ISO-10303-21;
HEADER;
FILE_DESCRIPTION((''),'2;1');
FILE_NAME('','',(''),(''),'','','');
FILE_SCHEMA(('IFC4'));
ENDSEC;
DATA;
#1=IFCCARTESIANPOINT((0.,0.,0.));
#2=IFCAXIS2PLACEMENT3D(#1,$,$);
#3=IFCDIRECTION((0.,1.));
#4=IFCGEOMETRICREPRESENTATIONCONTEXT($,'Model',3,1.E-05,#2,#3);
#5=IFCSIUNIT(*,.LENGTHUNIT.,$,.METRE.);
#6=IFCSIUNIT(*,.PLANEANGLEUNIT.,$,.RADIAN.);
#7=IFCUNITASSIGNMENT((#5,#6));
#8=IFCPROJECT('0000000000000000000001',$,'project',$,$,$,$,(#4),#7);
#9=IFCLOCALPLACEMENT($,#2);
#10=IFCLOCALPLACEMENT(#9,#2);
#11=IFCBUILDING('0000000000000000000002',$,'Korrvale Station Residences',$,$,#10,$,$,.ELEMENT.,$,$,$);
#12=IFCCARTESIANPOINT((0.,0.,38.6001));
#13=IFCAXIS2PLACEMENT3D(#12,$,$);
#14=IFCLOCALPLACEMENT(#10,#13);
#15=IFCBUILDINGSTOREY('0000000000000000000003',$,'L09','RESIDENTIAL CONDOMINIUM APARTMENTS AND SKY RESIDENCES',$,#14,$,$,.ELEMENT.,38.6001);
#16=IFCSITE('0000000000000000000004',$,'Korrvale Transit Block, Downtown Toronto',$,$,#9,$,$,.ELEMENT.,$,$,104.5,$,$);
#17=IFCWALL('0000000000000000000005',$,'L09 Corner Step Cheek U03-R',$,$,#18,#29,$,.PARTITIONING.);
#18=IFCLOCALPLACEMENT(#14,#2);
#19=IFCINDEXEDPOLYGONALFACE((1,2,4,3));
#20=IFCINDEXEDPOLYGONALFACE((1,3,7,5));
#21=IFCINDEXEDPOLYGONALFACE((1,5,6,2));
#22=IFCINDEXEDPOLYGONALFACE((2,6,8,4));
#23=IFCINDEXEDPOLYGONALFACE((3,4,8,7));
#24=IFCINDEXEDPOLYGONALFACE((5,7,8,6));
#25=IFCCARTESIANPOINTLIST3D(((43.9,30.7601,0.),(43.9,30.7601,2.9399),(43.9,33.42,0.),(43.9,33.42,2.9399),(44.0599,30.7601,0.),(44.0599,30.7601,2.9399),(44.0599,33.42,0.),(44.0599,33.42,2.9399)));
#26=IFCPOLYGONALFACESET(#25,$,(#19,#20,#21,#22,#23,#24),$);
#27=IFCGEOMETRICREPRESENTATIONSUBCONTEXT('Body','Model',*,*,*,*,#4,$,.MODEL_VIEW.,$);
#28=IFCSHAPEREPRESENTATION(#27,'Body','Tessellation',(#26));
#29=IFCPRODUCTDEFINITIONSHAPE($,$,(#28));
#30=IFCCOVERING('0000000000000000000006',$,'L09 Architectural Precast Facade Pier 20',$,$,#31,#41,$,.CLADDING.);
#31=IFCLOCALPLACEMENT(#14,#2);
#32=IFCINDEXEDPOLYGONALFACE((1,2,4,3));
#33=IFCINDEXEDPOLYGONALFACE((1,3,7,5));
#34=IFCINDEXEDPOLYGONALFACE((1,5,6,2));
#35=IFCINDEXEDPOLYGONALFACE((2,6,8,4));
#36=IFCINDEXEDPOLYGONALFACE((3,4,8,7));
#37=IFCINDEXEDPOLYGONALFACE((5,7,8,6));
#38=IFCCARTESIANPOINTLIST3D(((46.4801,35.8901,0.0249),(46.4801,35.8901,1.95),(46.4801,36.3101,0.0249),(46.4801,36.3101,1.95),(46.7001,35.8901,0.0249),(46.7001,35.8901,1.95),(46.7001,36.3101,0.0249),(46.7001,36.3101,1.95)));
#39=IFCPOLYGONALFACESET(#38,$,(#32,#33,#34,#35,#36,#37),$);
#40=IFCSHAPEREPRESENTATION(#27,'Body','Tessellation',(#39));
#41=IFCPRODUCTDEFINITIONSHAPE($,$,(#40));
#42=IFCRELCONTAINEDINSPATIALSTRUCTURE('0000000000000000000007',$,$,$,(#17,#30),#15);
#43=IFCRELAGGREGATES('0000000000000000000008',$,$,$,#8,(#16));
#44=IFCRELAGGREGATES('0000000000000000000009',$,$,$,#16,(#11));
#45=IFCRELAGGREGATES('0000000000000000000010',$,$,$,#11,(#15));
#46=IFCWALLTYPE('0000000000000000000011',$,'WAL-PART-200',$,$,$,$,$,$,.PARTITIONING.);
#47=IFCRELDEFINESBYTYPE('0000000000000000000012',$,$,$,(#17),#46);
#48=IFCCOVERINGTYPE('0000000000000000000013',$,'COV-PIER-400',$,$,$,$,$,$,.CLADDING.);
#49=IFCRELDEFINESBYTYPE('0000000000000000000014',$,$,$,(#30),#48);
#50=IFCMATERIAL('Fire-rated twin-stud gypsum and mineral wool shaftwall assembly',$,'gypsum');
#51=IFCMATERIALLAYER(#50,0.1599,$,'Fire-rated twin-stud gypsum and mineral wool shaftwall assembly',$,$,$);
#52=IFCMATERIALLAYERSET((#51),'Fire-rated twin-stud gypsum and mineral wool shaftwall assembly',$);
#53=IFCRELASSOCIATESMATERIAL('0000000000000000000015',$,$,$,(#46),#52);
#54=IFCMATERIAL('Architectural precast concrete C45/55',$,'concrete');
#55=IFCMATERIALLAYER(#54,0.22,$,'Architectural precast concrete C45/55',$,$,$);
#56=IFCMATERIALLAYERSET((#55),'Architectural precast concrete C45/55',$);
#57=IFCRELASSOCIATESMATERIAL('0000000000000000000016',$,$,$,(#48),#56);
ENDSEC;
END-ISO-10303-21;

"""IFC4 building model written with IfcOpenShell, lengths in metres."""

from ifc_helpers import new_model, si_unit, direction, frame, frame_2d, origin, origin_2d, place, context, subcontext, project, spatial, rectangle, extrude, material, layer, layer_set, type_object, element, save


model = new_model("IFC4")

# Units and contexts
model_context = context("Model", 3, precision=1e-05, world=origin(), true_north=direction((0.0, 1.0)))
body_context = subcontext(model_context, "Body", "Model", "MODEL_VIEW")
ifc_project = project(units=[si_unit("LENGTHUNIT", "METRE"), si_unit("PLANEANGLEUNIT", "RADIAN")], contexts=[model_context])

# Site, building, storey
site_placement = place(None, origin())
site = spatial("IfcSite", under=ifc_project, at=site_placement, Name="Korrvale Transit Block, Downtown Toronto", CompositionType="ELEMENT", RefElevation=104.5)
building_placement = place(site_placement, origin())
building = spatial("IfcBuilding", under=site, at=building_placement, Name="Korrvale Station Residences", CompositionType="ELEMENT")
storey_placement = place(building_placement, frame((0.0, 0.0, 38.6001)))
storey = spatial("IfcBuildingStorey", under=building, at=storey_placement, Name="L09", Description="RESIDENTIAL CONDOMINIUM APARTMENTS AND SKY RESIDENCES", CompositionType="ELEMENT", Elevation=38.6001)

# Wall
ifc_material_1 = material(Name="Fire-rated twin-stud gypsum and mineral wool shaftwall assembly", Category="gypsum")
ifc_layer_1 = layer(ifc_material_1, 0.1599, Name="Fire-rated twin-stud gypsum and mineral wool shaftwall assembly")
ifc_layer_set_1 = layer_set([ifc_layer_1], Name="Fire-rated twin-stud gypsum and mineral wool shaftwall assembly")
wall_type_1 = type_object("IfcWallType", Name="WAL-PART-200", PredefinedType="PARTITIONING", material=ifc_layer_set_1)
wall_1_placement = place(storey_placement, frame((43.98, 30.76, 0.0), z_axis=(0.0, 0.0, 1.0), x_axis=(0.0, 1.0, 0.0)))
element("IfcWall", 1, at=wall_1_placement, inside=storey, type_object=wall_type_1, Name="L09 Corner Step Cheek U03-R", PredefinedType="PARTITIONING", context=body_context, shape_type="SweptSolid", body=[
    extrude(rectangle(XDim=2.6599, YDim=0.1599, at=frame_2d((1.3301, 0.0))), origin(), (0.0, 0.0, 1.0), 2.9399),
])

# Covering
ifc_material_2 = material(Name="Architectural precast concrete C45/55", Category="concrete")
ifc_layer_2 = layer(ifc_material_2, 0.22, Name="Architectural precast concrete C45/55")
ifc_layer_set_2 = layer_set([ifc_layer_2], Name="Architectural precast concrete C45/55")
covering_type = type_object("IfcCoveringType", Name="COV-PIER-400", PredefinedType="CLADDING", material=ifc_layer_set_2)
covering_placement = place(storey_placement, frame((46.5901, 36.1001, 0.0249), z_axis=(0.0, 0.0, 1.0), x_axis=(0.0, 1.0, 0.0)))
element("IfcCovering", 2, at=covering_placement, inside=storey, type_object=covering_type, Name="L09 Architectural Precast Facade Pier 20", PredefinedType="CLADDING", context=body_context, shape_type="SweptSolid", body=[
    extrude(rectangle(XDim=0.4199, YDim=0.22, at=origin_2d()), origin(), (0.0, 0.0, 1.0), 1.925),
])

save(model, "model.ifc")
